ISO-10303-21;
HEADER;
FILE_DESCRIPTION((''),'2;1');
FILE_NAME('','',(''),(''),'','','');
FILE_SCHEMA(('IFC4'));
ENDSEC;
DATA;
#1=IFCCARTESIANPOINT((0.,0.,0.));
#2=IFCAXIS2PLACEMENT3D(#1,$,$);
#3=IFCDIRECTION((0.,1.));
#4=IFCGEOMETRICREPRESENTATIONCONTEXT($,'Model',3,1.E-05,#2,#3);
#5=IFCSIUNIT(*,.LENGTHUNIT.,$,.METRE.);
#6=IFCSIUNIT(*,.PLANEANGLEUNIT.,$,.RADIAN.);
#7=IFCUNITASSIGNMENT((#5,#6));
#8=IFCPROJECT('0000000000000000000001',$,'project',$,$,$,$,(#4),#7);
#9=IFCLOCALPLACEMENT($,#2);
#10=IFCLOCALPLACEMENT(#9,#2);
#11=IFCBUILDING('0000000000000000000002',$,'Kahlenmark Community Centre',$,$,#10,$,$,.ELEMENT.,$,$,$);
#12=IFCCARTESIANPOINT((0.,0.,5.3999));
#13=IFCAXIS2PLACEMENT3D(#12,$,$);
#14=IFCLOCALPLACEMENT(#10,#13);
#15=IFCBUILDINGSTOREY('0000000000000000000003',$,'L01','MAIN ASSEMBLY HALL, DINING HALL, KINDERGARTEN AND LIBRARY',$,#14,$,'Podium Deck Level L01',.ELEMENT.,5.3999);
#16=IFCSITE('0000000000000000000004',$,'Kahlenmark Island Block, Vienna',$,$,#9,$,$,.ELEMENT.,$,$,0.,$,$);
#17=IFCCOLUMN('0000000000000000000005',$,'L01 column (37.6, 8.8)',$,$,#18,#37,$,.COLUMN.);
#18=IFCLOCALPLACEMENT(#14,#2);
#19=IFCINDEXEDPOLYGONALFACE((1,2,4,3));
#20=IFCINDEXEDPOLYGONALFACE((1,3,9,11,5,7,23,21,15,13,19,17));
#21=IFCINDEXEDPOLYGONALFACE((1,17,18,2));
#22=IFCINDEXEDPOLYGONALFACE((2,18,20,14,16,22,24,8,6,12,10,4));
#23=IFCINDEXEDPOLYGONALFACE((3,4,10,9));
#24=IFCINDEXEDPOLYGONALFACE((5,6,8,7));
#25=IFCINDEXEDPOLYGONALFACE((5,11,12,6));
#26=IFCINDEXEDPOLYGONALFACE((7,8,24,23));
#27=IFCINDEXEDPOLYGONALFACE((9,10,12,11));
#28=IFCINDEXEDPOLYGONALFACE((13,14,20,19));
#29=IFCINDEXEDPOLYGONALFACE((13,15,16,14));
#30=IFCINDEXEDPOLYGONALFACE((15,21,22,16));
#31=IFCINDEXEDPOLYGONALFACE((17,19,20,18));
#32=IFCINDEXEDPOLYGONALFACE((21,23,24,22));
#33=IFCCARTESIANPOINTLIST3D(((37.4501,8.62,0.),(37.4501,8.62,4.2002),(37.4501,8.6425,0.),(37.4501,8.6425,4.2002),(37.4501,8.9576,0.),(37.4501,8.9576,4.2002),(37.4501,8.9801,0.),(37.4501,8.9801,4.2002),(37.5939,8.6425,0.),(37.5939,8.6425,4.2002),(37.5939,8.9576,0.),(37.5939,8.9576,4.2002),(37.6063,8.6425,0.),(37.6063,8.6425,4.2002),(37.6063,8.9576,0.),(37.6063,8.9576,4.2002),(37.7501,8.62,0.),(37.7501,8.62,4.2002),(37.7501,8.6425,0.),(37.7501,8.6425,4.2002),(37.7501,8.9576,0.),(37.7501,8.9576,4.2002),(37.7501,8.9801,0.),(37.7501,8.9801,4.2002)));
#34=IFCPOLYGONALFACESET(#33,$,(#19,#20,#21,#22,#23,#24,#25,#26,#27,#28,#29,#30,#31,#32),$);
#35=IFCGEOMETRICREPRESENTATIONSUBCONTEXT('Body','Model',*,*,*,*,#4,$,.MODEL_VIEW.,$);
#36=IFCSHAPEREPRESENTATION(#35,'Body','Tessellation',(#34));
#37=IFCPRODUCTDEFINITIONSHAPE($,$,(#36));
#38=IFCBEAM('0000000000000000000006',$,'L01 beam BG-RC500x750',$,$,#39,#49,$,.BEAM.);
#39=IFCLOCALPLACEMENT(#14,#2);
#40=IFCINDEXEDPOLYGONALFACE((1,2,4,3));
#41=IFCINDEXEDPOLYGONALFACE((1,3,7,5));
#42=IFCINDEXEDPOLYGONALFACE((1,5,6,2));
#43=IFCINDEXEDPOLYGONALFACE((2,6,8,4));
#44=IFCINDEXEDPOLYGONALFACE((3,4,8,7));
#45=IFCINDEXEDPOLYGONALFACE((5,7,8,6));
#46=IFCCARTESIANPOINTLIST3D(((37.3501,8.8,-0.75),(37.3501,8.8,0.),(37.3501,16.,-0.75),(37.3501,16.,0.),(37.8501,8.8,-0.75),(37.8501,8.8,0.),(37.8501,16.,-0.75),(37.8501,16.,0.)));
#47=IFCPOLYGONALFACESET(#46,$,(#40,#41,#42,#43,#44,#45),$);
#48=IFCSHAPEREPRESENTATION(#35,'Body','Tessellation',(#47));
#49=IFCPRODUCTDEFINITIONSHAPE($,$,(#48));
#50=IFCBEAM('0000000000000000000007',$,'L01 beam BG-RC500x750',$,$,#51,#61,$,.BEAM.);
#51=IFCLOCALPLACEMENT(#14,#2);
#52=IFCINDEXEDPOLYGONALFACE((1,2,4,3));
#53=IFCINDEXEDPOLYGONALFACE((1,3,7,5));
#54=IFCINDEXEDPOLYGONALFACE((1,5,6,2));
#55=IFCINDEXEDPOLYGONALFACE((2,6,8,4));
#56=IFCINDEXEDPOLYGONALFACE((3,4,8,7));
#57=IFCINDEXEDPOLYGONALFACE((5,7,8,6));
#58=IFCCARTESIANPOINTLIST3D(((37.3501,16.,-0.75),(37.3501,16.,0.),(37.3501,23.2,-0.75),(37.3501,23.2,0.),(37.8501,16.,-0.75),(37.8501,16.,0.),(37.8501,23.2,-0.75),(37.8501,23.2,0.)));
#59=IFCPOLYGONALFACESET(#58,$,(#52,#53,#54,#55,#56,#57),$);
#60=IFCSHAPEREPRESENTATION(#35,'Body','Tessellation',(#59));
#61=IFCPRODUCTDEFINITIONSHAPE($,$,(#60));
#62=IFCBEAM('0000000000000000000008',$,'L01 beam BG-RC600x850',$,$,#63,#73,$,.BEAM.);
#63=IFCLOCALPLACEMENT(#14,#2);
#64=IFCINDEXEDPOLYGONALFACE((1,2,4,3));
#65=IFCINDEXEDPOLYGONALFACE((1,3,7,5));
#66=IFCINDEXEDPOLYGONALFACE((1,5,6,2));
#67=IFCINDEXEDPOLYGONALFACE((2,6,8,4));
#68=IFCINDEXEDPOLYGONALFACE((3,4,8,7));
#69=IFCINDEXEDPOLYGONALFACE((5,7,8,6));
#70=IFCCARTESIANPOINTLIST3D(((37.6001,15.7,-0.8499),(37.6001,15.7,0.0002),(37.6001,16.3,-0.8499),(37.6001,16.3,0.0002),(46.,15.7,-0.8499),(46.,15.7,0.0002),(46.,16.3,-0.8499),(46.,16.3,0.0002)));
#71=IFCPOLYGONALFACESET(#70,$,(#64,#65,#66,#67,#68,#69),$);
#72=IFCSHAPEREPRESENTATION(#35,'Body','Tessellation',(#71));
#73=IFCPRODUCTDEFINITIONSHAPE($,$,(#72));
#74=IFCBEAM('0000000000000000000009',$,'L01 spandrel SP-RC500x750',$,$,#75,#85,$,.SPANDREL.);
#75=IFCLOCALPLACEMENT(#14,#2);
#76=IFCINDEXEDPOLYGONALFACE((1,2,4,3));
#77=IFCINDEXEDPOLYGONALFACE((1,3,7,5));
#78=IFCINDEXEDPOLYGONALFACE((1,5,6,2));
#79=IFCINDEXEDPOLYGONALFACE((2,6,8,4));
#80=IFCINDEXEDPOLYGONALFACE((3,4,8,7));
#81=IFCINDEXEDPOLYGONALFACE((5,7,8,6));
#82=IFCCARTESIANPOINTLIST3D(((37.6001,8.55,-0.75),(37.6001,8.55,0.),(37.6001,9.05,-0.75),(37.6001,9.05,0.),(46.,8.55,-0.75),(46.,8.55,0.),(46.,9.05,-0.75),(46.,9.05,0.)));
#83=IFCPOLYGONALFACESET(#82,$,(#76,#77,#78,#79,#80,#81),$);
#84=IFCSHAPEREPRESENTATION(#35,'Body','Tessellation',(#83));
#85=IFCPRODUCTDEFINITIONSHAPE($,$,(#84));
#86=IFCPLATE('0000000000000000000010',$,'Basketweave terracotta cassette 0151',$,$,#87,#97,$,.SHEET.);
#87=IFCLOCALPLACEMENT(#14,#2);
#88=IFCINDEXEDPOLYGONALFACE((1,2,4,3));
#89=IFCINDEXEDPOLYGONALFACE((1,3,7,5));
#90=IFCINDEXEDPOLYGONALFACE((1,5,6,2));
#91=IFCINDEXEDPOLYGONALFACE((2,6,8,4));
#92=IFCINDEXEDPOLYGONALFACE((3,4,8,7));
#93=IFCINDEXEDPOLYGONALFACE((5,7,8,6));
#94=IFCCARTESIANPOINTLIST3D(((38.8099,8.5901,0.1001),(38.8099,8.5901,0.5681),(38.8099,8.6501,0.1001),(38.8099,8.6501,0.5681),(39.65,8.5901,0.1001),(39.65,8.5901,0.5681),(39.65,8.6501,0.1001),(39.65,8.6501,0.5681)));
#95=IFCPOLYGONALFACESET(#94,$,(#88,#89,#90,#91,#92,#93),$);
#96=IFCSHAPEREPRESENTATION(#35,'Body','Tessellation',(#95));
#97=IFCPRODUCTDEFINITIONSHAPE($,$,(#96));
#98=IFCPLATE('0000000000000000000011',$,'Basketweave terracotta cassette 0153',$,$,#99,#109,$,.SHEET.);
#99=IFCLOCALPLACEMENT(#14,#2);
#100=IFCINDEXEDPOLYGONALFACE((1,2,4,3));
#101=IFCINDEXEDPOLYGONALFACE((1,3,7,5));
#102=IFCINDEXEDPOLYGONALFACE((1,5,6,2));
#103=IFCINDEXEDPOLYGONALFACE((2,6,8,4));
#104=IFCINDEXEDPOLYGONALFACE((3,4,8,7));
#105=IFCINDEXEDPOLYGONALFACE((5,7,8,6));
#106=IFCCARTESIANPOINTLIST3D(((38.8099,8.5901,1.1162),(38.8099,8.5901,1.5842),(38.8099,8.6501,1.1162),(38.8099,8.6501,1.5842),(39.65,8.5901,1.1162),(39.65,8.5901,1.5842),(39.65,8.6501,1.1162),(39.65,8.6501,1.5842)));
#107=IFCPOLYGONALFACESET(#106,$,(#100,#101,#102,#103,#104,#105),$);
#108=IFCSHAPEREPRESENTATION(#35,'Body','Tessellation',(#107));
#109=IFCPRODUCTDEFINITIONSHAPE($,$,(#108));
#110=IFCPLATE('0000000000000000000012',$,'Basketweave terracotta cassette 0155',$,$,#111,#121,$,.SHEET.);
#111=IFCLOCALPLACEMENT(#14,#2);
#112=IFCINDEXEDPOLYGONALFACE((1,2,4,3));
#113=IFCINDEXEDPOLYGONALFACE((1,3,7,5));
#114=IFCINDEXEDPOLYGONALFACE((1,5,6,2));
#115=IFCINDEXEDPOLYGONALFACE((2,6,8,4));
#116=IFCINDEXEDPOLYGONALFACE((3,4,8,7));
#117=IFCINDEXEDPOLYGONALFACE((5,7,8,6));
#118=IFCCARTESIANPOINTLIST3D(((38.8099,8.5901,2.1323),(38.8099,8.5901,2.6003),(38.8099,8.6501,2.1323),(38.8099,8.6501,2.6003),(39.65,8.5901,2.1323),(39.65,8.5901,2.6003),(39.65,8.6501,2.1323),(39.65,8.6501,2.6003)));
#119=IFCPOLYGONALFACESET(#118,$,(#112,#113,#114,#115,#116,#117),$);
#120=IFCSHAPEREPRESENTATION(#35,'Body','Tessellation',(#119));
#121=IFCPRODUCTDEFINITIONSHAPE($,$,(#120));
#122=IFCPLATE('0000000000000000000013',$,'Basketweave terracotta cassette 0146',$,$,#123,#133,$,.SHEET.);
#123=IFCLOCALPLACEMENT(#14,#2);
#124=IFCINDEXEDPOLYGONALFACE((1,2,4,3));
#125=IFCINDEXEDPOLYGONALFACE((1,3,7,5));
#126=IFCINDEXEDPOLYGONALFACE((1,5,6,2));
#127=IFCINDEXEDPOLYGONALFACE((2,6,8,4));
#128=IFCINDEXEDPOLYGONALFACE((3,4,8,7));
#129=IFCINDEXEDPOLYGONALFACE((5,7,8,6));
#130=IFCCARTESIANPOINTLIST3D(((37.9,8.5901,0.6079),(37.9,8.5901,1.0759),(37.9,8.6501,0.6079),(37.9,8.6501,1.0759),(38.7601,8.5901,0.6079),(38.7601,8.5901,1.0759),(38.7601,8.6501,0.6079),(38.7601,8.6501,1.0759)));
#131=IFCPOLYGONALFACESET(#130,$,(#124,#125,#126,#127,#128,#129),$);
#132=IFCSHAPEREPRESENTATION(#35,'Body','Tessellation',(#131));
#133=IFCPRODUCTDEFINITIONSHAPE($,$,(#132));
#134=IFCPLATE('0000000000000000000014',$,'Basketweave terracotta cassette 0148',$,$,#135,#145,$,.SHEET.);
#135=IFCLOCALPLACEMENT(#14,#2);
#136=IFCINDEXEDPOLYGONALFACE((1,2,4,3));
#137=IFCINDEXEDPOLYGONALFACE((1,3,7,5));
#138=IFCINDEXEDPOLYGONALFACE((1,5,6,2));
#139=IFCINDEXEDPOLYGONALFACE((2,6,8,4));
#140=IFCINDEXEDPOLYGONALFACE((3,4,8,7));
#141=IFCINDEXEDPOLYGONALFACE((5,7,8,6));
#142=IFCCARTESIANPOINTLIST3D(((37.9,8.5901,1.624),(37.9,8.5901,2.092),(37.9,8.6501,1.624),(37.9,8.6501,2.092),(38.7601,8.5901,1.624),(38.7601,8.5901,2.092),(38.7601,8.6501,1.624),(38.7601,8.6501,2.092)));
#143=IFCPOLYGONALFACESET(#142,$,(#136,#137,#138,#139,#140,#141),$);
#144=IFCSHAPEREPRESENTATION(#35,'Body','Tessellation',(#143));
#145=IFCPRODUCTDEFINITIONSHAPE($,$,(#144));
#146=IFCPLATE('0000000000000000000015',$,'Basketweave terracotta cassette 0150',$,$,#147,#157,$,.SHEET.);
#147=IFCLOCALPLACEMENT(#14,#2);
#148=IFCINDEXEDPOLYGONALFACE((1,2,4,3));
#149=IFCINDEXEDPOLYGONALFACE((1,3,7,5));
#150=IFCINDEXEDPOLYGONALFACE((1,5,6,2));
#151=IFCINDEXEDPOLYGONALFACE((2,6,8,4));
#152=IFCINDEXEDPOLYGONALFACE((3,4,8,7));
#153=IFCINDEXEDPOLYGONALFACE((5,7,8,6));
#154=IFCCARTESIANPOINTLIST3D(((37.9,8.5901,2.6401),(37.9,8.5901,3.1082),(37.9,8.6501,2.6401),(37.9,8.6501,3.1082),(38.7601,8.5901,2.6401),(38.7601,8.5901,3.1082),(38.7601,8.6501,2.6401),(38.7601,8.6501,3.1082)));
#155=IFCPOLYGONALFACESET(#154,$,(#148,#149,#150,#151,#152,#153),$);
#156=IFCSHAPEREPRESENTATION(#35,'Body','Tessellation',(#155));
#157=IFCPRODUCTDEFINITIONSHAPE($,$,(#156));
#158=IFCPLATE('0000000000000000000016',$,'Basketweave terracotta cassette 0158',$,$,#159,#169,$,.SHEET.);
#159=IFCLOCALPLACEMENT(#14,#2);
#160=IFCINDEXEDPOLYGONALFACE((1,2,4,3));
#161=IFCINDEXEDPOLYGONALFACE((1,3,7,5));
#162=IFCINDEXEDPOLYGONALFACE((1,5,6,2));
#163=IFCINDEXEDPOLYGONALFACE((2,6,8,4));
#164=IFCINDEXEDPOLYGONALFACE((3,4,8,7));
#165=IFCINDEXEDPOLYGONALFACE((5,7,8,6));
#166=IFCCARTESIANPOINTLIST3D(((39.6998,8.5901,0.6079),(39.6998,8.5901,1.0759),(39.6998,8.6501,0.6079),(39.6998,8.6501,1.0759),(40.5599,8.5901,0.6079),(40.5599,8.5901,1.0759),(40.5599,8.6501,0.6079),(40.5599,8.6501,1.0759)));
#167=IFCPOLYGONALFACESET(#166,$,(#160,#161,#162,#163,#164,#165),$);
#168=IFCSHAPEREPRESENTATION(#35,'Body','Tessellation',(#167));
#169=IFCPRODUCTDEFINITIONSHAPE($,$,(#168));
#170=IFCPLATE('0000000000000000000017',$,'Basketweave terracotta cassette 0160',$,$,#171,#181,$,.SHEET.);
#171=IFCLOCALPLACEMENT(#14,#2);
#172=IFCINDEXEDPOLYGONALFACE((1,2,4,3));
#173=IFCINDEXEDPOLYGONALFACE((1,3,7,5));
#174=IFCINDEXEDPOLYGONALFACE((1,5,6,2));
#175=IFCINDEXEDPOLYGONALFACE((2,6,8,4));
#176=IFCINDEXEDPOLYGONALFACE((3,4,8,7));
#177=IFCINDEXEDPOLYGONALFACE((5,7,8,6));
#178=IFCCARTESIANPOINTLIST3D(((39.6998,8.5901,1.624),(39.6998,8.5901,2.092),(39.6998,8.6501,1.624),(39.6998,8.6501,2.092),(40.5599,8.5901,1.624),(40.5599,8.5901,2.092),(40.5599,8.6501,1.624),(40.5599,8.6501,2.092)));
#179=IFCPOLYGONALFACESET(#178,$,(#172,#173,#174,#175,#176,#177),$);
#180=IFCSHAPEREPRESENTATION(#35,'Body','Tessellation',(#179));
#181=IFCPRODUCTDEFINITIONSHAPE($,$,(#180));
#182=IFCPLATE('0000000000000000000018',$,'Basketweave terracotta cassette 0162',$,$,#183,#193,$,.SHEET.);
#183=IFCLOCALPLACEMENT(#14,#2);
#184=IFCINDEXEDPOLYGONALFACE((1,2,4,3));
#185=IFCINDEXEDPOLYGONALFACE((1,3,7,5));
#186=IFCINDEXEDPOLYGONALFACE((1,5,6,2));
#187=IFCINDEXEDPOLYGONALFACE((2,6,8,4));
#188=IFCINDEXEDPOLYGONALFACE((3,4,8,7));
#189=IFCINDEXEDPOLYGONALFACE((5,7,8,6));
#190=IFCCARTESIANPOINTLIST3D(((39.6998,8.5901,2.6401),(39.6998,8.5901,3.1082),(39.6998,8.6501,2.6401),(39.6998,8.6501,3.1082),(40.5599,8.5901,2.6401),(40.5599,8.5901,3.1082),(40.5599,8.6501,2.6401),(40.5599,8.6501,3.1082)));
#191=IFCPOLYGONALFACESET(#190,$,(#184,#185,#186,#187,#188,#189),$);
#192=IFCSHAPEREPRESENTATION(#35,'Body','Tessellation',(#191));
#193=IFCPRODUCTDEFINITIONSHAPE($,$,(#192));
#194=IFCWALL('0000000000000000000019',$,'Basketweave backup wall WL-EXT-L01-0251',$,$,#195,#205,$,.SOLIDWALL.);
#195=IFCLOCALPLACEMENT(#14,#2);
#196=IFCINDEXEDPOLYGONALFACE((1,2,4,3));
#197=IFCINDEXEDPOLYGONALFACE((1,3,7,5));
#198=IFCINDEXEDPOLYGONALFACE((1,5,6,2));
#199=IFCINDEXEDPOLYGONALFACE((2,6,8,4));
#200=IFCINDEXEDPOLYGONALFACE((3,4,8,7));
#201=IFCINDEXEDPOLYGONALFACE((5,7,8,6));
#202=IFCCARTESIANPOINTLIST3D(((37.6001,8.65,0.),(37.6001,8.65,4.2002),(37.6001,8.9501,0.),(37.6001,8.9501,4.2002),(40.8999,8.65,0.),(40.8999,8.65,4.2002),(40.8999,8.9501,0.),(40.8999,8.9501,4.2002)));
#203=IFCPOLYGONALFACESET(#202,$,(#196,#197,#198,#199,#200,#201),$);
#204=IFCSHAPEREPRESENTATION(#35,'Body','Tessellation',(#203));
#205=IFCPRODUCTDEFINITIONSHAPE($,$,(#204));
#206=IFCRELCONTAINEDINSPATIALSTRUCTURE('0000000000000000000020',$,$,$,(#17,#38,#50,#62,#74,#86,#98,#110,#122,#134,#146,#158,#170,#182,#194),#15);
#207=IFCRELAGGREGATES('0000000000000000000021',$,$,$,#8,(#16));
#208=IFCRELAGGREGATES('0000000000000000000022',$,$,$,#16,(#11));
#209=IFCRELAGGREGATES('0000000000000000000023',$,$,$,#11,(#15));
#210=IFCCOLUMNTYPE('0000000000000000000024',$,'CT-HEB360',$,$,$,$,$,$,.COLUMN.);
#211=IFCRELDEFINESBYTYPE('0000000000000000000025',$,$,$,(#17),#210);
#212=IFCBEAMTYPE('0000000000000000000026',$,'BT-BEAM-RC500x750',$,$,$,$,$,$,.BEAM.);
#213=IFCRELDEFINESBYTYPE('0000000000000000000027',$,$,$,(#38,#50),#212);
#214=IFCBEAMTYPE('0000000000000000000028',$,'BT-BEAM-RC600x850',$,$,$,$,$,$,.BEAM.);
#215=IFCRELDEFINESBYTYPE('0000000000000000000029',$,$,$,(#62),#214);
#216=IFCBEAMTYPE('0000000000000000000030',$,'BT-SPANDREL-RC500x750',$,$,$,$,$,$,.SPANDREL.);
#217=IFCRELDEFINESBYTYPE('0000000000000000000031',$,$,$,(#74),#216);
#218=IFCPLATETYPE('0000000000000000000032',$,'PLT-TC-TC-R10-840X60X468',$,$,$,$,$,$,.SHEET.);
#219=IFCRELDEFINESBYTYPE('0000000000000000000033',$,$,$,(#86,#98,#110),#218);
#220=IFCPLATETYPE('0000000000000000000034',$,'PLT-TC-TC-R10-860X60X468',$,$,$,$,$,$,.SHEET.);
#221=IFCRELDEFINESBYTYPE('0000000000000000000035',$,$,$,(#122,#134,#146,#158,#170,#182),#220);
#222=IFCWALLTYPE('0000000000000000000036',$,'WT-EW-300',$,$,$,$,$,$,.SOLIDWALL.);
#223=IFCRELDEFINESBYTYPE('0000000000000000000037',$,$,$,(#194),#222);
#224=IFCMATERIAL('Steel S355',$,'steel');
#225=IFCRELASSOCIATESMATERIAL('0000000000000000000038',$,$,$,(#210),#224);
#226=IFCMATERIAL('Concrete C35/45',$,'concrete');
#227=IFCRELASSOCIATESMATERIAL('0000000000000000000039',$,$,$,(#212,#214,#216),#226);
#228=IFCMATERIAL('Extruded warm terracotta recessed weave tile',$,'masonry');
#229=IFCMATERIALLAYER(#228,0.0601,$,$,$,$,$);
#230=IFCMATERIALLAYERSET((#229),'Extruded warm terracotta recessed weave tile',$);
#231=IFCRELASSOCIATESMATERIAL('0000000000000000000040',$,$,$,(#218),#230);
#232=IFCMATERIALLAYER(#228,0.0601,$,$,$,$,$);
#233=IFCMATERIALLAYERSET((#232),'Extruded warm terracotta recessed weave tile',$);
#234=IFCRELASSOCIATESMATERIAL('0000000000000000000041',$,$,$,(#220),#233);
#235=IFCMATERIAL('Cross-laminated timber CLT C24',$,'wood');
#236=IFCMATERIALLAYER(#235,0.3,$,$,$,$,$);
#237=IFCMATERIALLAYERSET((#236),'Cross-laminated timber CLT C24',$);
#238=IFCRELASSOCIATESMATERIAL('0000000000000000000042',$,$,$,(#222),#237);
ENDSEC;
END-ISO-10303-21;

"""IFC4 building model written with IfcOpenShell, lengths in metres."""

from ifc_helpers import new_model, si_unit, direction, frame, frame_2d, origin, origin_2d, place, context, subcontext, project, spatial, rectangle, i_section, extrude, material, layer, layer_set, material_profile, profile_set, type_object, element, save


model = new_model("IFC4")

# Units and contexts
model_context = context("Model", 3, precision=1e-05, world=origin(), true_north=direction((0.0, 1.0)))
body_context = subcontext(model_context, "Body", "Model", "MODEL_VIEW")
ifc_project = project(units=[si_unit("LENGTHUNIT", "METRE"), si_unit("PLANEANGLEUNIT", "RADIAN")], contexts=[model_context])

# Site, building, storey
site_placement = place(None, origin())
site = spatial("IfcSite", under=ifc_project, at=site_placement, Name="Kahlenmark Island Block, Vienna", CompositionType="ELEMENT", RefElevation=0.0)
building_placement = place(site_placement, origin())
building = spatial("IfcBuilding", under=site, at=building_placement, Name="Kahlenmark Community Centre", CompositionType="ELEMENT")
storey_placement = place(building_placement, frame((0.0, 0.0, 5.3999)))
storey = spatial("IfcBuildingStorey", under=building, at=storey_placement, Name="L01", Description="MAIN ASSEMBLY HALL, DINING HALL, KINDERGARTEN AND LIBRARY", LongName="Podium Deck Level L01", CompositionType="ELEMENT", Elevation=5.3999)

# Column
ifc_material_1 = material(Name="Steel S355", Category="steel")
ifc_material_profile_1 = material_profile(ifc_material_1, i_section(OverallWidth=0.3, OverallDepth=0.3601, WebThickness=0.0125, FlangeThickness=0.0225, at=origin_2d()), Name="HEB 360")
ifc_profile_set_1 = profile_set([ifc_material_profile_1], Name="Steel S355")
column_type = type_object("IfcColumnType", Name="CT-HEB360", PredefinedType="COLUMN", material=ifc_profile_set_1)
column_placement = place(storey_placement, frame((37.6001, 8.8, 0.0), z_axis=(0.0, 0.0, 1.0), x_axis=(1.0, 0.0, 0.0)))
element("IfcColumn", 1, at=column_placement, inside=storey, type_object=column_type, Name="L01 column (37.6, 8.8)", PredefinedType="COLUMN", context=body_context, shape_type="SweptSolid", body=[
    extrude(i_section(OverallWidth=0.3, OverallDepth=0.3601, WebThickness=0.0125, FlangeThickness=0.0225, at=origin_2d()), origin(), (0.0, 0.0, 1.0), 4.2002),
])

# Beams
ifc_material_2 = material(Name="Concrete C35/45", Category="concrete")
ifc_material_profile_2 = material_profile(ifc_material_2, rectangle(XDim=0.5, YDim=0.75, at=origin_2d()), Name="RC 500x750")
ifc_profile_set_2 = profile_set([ifc_material_profile_2], Name="Concrete C35/45")
beam_type_1 = type_object("IfcBeamType", Name="BT-BEAM-RC500x750", PredefinedType="BEAM", material=ifc_profile_set_2)
for number, where, z_axis, x_axis, name in (
    (2, (37.6001, 8.8, -0.375), (0.0, 1.0, 0.0), (-1.0, 0.0, 0.0), "L01 beam BG-RC500x750"),
    (3, (37.6001, 16.0, -0.375), (0.0, 1.0, 0.0), (-1.0, 0.0, 0.0), "L01 beam BG-RC500x750"),
):
    element("IfcBeam", number, at=place(storey_placement, frame(where, z_axis=z_axis, x_axis=x_axis)), inside=storey, type_object=beam_type_1, Name=name, PredefinedType="BEAM", context=body_context, shape_type="SweptSolid", body=[
        extrude(rectangle(XDim=0.5, YDim=0.75, at=origin_2d()), origin(), (0.0, 0.0, 1.0), 7.2),
    ])
ifc_material_profile_3 = material_profile(ifc_material_2, rectangle(XDim=0.6001, YDim=0.8501, at=origin_2d()), Name="RC 600x850")
ifc_profile_set_3 = profile_set([ifc_material_profile_3], Name="Concrete C35/45")
beam_type_2 = type_object("IfcBeamType", Name="BT-BEAM-RC600x850", PredefinedType="BEAM", material=ifc_profile_set_3)
beam_1_placement = place(storey_placement, frame((37.6001, 16.0, -0.4248), z_axis=(1.0, 0.0, 0.0), x_axis=(0.0, 1.0, 0.0)))
element("IfcBeam", 4, at=beam_1_placement, inside=storey, type_object=beam_type_2, Name="L01 beam BG-RC600x850", PredefinedType="BEAM", context=body_context, shape_type="SweptSolid", body=[
    extrude(rectangle(XDim=0.6001, YDim=0.8501, at=origin_2d()), origin(), (0.0, 0.0, 1.0), 8.3999),
])
ifc_material_profile_4 = material_profile(ifc_material_2, rectangle(XDim=0.5, YDim=0.75, at=origin_2d()), Name="RC 500x750")
ifc_profile_set_4 = profile_set([ifc_material_profile_4], Name="Concrete C35/45")
beam_type_3 = type_object("IfcBeamType", Name="BT-SPANDREL-RC500x750", PredefinedType="SPANDREL", material=ifc_profile_set_4)
beam_2_placement = place(storey_placement, frame((37.6001, 8.8, -0.375), z_axis=(1.0, 0.0, 0.0), x_axis=(0.0, 1.0, 0.0)))
element("IfcBeam", 5, at=beam_2_placement, inside=storey, type_object=beam_type_3, Name="L01 spandrel SP-RC500x750", PredefinedType="SPANDREL", context=body_context, shape_type="SweptSolid", body=[
    extrude(rectangle(XDim=0.5, YDim=0.75, at=origin_2d()), origin(), (0.0, 0.0, 1.0), 8.3999),
])

# Plates
ifc_material_3 = material(Name="Extruded warm terracotta recessed weave tile", Category="masonry")
ifc_layer_1 = layer(ifc_material_3, 0.0601)
ifc_layer_set_1 = layer_set([ifc_layer_1], Name="Extruded warm terracotta recessed weave tile")
plate_type_1 = type_object("IfcPlateType", Name="PLT-TC-TC-R10-840X60X468", PredefinedType="SHEET", material=ifc_layer_set_1)
for number, where, z_axis, x_axis, name in (
    (6, (39.23, 8.6201, 0.1001), (0.0, 0.0, 1.0), (1.0, 0.0, 0.0), "Basketweave terracotta cassette 0151"),
    (7, (39.23, 8.6201, 1.1162), (0.0, 0.0, 1.0), (1.0, 0.0, 0.0), "Basketweave terracotta cassette 0153"),
    (8, (39.23, 8.6201, 2.1323), (0.0, 0.0, 1.0), (1.0, 0.0, 0.0), "Basketweave terracotta cassette 0155"),
):
    element("IfcPlate", number, at=place(storey_placement, frame(where, z_axis=z_axis, x_axis=x_axis)), inside=storey, type_object=plate_type_1, Name=name, PredefinedType="SHEET", context=body_context, shape_type="SweptSolid", body=[
        extrude(rectangle(XDim=0.8401, YDim=0.0601, at=origin_2d()), origin(), (0.0, 0.0, 1.0), 0.468),
    ])
ifc_layer_2 = layer(ifc_material_3, 0.0601)
ifc_layer_set_2 = layer_set([ifc_layer_2], Name="Extruded warm terracotta recessed weave tile")
plate_type_2 = type_object("IfcPlateType", Name="PLT-TC-TC-R10-860X60X468", PredefinedType="SHEET", material=ifc_layer_set_2)
for number, where, z_axis, x_axis, name in (
    (9, (38.3301, 8.6201, 0.6079), (0.0, 0.0, 1.0), (1.0, 0.0, 0.0), "Basketweave terracotta cassette 0146"),
    (10, (38.3301, 8.6201, 1.624), (0.0, 0.0, 1.0), (1.0, 0.0, 0.0), "Basketweave terracotta cassette 0148"),
    (11, (38.3301, 8.6201, 2.6401), (0.0, 0.0, 1.0), (1.0, 0.0, 0.0), "Basketweave terracotta cassette 0150"),
    (12, (40.1299, 8.6201, 0.6079), (0.0, 0.0, 1.0), (1.0, 0.0, 0.0), "Basketweave terracotta cassette 0158"),
    (13, (40.1299, 8.6201, 1.624), (0.0, 0.0, 1.0), (1.0, 0.0, 0.0), "Basketweave terracotta cassette 0160"),
    (14, (40.1299, 8.6201, 2.6401), (0.0, 0.0, 1.0), (1.0, 0.0, 0.0), "Basketweave terracotta cassette 0162"),
):
    element("IfcPlate", number, at=place(storey_placement, frame(where, z_axis=z_axis, x_axis=x_axis)), inside=storey, type_object=plate_type_2, Name=name, PredefinedType="SHEET", context=body_context, shape_type="SweptSolid", body=[
        extrude(rectangle(XDim=0.8601, YDim=0.0601, at=origin_2d()), origin(), (0.0, 0.0, 1.0), 0.468),
    ])

# Wall
ifc_material_4 = material(Name="Cross-laminated timber CLT C24", Category="wood")
ifc_layer_3 = layer(ifc_material_4, 0.3)
ifc_layer_set_3 = layer_set([ifc_layer_3], Name="Cross-laminated timber CLT C24")
wall_type = type_object("IfcWallType", Name="WT-EW-300", PredefinedType="SOLIDWALL", material=ifc_layer_set_3)
wall_placement = place(storey_placement, frame((37.6001, 8.8, 0.0), z_axis=(0.0, 0.0, 1.0), x_axis=(1.0, 0.0, 0.0)))
element("IfcWall", 15, at=wall_placement, inside=storey, type_object=wall_type, Name="Basketweave backup wall WL-EXT-L01-0251", PredefinedType="SOLIDWALL", context=body_context, shape_type="SweptSolid", body=[
    extrude(rectangle(XDim=3.2998, YDim=0.3, at=frame_2d((1.6499, 0.0))), origin(), (0.0, 0.0, 1.0), 4.2002),
])

save(model, "model.ifc")
